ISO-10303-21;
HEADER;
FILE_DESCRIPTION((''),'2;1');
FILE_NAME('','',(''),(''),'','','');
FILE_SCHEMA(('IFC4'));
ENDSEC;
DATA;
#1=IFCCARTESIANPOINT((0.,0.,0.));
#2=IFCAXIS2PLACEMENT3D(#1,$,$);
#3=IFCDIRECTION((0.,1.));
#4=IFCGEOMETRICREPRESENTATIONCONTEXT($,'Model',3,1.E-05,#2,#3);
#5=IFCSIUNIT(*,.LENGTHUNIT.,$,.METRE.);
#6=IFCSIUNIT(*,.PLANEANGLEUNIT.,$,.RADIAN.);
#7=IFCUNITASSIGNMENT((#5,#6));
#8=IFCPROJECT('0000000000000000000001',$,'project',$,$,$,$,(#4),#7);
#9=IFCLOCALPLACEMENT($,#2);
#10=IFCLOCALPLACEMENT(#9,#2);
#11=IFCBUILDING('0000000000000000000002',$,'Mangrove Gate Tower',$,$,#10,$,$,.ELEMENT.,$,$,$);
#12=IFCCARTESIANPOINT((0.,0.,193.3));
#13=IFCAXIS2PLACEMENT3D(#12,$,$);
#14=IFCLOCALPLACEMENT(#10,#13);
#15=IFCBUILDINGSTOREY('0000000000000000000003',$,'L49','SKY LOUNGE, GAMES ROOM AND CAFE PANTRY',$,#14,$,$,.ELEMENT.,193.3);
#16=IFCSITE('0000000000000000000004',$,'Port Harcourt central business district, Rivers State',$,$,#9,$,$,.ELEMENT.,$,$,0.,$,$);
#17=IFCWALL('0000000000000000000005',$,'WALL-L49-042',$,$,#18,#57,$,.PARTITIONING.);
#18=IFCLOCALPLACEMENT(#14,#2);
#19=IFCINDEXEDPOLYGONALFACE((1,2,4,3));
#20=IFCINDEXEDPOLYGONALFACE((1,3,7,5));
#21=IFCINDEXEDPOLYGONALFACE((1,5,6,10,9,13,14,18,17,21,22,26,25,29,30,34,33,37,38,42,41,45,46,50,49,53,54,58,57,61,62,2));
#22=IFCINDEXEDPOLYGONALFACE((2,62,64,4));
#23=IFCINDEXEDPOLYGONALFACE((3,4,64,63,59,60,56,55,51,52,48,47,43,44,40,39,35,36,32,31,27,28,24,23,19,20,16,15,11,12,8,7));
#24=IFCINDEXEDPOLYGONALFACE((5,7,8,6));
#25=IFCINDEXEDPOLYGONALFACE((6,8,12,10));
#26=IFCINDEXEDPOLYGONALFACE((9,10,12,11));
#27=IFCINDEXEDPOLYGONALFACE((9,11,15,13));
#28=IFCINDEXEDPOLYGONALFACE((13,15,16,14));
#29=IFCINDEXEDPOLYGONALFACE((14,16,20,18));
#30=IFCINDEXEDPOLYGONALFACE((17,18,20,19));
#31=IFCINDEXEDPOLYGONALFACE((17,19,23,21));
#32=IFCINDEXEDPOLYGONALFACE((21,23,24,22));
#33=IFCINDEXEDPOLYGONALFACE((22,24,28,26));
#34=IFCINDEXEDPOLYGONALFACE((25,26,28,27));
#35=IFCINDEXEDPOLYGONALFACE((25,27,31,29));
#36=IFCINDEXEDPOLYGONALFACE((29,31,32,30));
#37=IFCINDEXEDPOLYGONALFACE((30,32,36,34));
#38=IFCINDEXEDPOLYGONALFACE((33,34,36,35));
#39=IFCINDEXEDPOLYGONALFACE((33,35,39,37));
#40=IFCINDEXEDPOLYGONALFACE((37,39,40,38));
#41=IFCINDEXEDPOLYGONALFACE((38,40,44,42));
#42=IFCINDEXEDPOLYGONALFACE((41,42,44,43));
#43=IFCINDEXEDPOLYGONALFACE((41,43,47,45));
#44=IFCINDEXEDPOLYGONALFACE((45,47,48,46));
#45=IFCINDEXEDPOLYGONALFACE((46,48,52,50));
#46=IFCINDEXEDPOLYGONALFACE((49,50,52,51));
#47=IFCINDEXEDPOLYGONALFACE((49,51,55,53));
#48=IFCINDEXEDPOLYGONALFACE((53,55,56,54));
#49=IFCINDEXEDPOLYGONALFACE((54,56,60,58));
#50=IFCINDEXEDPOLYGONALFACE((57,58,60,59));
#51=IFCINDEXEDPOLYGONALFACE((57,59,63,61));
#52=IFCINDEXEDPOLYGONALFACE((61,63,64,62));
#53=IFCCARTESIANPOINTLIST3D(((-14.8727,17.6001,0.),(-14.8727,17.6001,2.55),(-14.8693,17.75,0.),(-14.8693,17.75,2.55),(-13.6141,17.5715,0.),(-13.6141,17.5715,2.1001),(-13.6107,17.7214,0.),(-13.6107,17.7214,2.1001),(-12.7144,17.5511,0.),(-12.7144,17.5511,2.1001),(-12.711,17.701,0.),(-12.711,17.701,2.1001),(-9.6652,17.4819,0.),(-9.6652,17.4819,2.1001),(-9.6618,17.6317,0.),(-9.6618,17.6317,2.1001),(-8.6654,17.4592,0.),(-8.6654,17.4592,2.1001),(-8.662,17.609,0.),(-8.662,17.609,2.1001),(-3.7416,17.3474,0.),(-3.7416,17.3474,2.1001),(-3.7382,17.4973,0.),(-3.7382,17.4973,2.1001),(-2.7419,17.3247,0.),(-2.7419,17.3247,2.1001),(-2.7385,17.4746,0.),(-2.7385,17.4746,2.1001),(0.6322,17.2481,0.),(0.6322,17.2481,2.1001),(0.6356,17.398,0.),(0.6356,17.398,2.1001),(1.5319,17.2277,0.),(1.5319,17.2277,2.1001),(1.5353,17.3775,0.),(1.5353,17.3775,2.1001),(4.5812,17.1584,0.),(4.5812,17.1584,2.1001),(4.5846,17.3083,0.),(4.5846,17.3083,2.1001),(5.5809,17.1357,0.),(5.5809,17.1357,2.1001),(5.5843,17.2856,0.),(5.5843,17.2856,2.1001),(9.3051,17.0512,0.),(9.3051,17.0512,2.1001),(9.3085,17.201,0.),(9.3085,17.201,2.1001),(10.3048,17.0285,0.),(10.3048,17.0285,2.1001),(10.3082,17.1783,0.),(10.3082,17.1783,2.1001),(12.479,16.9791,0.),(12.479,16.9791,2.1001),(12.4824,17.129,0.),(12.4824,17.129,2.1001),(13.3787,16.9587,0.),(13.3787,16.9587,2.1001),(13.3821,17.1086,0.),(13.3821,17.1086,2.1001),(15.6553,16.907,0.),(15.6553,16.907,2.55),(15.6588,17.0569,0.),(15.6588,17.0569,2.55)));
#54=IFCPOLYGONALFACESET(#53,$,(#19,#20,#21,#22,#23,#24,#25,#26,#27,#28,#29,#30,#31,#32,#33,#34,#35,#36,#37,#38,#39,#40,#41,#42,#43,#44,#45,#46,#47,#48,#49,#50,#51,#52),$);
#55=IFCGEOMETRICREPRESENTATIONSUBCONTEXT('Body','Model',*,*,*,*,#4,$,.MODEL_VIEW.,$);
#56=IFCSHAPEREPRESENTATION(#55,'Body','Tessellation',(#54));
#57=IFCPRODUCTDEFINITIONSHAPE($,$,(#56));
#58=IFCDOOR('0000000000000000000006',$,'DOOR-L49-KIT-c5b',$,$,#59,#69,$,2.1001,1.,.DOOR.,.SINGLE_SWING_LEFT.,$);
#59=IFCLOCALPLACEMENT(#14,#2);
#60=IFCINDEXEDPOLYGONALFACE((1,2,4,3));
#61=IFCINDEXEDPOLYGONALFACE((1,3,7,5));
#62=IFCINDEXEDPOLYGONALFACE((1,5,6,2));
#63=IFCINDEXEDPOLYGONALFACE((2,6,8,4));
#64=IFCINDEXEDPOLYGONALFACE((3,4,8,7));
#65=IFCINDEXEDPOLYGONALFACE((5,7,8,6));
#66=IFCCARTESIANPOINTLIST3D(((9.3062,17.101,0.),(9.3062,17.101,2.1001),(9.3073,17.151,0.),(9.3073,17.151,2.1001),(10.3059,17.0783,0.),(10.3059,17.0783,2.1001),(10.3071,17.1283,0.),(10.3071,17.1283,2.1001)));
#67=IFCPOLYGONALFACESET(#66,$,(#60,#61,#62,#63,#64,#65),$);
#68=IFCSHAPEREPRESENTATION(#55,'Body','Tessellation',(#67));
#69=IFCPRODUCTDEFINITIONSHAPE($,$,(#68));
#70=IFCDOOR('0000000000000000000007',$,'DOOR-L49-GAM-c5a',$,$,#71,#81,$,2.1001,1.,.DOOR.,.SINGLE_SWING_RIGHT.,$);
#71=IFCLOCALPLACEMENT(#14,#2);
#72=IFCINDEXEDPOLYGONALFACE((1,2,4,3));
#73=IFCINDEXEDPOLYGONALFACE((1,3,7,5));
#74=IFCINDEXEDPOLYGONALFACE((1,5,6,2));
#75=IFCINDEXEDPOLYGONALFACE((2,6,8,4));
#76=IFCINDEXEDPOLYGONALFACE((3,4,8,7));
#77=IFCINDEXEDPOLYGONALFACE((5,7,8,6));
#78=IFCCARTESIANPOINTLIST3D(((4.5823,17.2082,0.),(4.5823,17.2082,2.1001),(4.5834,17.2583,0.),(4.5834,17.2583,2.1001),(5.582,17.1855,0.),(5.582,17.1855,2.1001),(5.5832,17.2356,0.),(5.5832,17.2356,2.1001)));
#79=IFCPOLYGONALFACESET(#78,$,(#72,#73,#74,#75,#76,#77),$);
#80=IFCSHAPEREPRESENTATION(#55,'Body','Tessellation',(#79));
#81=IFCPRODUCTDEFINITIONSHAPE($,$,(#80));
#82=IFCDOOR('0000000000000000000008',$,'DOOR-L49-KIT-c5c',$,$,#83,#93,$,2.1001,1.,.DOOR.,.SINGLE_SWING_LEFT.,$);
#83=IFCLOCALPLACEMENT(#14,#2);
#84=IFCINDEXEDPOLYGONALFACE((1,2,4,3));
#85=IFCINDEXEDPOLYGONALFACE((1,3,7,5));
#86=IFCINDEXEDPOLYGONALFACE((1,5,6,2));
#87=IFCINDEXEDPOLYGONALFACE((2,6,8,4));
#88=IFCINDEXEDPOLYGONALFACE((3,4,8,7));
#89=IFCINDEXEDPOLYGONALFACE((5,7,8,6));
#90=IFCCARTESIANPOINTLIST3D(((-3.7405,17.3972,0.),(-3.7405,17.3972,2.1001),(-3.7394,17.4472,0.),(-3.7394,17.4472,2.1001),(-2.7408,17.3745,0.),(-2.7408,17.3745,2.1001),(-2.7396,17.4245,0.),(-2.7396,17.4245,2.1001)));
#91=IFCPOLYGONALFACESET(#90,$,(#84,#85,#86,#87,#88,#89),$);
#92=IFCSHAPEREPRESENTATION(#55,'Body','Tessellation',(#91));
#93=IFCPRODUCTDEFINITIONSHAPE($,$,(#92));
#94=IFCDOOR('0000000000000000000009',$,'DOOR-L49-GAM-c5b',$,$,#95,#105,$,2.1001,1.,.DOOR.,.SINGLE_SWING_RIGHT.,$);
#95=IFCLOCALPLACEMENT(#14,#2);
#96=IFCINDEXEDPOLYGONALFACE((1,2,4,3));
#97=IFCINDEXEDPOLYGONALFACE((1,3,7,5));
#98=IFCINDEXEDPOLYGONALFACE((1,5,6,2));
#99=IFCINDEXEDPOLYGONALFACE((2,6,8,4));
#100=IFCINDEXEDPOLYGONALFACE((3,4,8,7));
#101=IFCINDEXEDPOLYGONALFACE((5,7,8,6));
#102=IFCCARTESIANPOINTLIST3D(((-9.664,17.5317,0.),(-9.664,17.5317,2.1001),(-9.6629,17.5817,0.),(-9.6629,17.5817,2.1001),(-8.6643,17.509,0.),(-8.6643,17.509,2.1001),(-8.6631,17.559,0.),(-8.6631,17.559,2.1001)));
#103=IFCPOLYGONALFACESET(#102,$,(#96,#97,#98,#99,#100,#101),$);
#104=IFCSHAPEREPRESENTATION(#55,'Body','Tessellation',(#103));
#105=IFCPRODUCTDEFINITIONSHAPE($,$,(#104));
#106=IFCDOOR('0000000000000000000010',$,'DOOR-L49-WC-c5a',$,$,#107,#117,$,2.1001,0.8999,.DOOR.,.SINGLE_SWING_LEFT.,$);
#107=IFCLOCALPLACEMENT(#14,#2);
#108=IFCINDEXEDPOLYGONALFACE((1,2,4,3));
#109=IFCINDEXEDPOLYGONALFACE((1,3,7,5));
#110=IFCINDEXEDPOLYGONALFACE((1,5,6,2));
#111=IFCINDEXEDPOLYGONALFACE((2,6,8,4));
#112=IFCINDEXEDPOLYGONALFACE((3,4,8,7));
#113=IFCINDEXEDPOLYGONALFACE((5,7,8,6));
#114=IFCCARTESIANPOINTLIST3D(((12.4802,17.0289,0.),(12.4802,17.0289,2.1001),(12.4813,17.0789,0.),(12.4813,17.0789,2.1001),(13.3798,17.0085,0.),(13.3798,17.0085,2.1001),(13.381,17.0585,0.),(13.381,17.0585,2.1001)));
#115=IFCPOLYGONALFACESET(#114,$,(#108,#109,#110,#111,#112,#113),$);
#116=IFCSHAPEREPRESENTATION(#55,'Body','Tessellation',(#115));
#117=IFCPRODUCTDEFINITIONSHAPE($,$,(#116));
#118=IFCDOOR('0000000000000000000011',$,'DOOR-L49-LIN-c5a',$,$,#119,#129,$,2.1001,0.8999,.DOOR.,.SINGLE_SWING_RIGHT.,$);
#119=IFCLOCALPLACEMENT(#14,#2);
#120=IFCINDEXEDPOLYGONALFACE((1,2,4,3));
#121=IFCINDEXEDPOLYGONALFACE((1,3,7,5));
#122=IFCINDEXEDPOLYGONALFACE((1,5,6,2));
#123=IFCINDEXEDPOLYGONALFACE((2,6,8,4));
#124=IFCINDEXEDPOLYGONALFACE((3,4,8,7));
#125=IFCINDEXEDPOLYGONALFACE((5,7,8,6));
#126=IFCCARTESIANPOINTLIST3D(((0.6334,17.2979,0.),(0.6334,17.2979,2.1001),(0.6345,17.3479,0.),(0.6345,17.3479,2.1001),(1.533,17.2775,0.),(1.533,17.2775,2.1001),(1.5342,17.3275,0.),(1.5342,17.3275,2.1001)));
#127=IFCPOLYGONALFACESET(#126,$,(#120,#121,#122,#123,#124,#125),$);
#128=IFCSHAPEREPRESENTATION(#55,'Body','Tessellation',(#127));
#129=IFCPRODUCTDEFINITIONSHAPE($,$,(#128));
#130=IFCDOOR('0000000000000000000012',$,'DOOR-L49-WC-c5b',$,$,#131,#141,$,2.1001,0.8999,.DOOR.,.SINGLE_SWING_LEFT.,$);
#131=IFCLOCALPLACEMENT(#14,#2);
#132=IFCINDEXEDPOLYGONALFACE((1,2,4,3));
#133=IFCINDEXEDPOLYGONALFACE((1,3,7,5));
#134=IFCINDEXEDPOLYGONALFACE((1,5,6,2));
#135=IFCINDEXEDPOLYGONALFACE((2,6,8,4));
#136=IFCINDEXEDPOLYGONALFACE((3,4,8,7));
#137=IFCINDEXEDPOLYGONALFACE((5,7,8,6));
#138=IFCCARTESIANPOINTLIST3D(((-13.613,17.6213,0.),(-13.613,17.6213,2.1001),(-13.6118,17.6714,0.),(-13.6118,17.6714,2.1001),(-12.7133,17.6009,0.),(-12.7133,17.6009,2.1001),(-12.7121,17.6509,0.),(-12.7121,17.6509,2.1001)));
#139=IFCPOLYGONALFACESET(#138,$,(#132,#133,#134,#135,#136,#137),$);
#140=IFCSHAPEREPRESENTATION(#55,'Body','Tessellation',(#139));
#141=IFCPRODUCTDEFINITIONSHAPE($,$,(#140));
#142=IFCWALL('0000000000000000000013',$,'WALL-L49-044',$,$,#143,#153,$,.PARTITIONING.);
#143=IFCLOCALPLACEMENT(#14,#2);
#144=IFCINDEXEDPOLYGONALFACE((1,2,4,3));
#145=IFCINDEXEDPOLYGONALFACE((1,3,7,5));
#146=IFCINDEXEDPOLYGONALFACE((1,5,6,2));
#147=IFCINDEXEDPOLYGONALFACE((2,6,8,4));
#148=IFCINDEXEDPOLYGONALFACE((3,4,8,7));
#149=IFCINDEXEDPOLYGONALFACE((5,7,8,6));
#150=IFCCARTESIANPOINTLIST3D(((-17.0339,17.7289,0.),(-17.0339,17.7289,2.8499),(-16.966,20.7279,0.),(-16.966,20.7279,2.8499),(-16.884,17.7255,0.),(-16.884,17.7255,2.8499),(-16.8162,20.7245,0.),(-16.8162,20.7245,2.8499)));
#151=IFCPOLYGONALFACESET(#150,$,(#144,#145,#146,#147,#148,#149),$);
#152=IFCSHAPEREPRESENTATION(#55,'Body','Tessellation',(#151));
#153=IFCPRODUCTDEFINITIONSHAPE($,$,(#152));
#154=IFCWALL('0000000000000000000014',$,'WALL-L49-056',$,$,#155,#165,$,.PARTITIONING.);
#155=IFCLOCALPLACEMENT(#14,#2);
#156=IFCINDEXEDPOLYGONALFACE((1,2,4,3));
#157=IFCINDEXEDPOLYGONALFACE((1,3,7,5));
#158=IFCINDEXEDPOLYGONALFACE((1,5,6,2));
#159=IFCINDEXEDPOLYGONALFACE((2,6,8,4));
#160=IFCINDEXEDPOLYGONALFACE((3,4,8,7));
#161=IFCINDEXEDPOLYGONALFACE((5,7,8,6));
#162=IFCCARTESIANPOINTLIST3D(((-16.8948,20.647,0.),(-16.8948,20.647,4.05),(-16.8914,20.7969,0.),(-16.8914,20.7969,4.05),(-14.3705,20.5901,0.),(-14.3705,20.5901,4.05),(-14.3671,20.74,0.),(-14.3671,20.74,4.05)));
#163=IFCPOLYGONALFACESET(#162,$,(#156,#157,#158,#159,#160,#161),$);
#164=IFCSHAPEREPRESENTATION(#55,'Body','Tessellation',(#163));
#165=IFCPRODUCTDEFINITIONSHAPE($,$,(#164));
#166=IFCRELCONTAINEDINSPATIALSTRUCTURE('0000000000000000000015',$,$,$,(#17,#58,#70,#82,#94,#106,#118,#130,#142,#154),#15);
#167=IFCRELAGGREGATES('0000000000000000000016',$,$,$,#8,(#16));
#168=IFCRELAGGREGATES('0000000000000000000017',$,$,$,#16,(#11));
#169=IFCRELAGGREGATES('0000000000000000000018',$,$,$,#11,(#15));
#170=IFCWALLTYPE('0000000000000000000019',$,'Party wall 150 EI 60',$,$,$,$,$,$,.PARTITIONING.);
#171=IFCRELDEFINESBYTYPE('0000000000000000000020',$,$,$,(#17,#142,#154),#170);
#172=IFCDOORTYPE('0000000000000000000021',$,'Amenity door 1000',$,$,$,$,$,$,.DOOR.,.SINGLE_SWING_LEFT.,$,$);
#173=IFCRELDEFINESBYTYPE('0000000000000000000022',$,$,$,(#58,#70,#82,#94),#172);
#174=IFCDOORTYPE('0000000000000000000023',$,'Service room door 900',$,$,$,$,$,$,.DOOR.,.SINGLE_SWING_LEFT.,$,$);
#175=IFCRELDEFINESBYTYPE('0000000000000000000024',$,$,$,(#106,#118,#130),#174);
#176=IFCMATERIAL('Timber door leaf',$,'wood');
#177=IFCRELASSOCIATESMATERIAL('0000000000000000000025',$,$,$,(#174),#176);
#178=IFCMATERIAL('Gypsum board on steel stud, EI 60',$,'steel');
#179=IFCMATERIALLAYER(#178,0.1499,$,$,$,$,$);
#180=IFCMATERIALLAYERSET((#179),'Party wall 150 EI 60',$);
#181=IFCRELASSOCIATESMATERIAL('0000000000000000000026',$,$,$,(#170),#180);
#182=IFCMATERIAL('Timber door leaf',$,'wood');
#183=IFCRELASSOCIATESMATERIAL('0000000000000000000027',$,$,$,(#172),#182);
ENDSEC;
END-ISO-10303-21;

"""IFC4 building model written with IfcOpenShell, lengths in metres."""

from ifc_helpers import new_model, si_unit, direction, frame, frame_2d, origin, place, context, subcontext, project, spatial, rectangle, extrude, material, layer, layer_set, type_object, element, fill, save


model = new_model("IFC4")

# Units and contexts
model_context = context("Model", 3, precision=1e-05, world=origin(), true_north=direction((0.0, 1.0)))
body_context = subcontext(model_context, "Body", "Model", "MODEL_VIEW")
ifc_project = project(units=[si_unit("LENGTHUNIT", "METRE"), si_unit("PLANEANGLEUNIT", "RADIAN")], contexts=[model_context])

# Site, building, storey
site_placement = place(None, origin())
site = spatial("IfcSite", under=ifc_project, at=site_placement, Name="Port Harcourt central business district, Rivers State", CompositionType="ELEMENT", RefElevation=0.0)
building_placement = place(site_placement, origin())
building = spatial("IfcBuilding", under=site, at=building_placement, Name="Mangrove Gate Tower", CompositionType="ELEMENT")
storey_placement = place(building_placement, frame((0.0, 0.0, 193.3)))
storey = spatial("IfcBuildingStorey", under=building, at=storey_placement, Name="L49", Description="SKY LOUNGE, GAMES ROOM AND CAFE PANTRY", CompositionType="ELEMENT", Elevation=193.3)

# Shared definitions
ifc_material_1 = material(Name="Timber door leaf", Category="wood")
door_type_1 = type_object("IfcDoorType", Name="Service room door 900", OperationType="SINGLE_SWING_LEFT", PredefinedType="DOOR", material=ifc_material_1)

# Wall, openings, doors
ifc_material_2 = material(Name="Gypsum board on steel stud, EI 60", Category="steel")
ifc_layer_1 = layer(ifc_material_2, 0.1499)
ifc_layer_set_1 = layer_set([ifc_layer_1], Name="Party wall 150 EI 60")
wall_type_1 = type_object("IfcWallType", Name="Party wall 150 EI 60", PredefinedType="PARTITIONING", material=ifc_layer_set_1)
wall_1_placement = place(storey_placement, frame((-14.8711, 17.675, 0.0), z_axis=(0.0, 0.0, 1.0), x_axis=(0.999742, -0.022698, 0.0)))
wall_1 = element("IfcWall", 1, at=wall_1_placement, inside=storey, type_object=wall_type_1, Name="WALL-L49-042", PredefinedType="PARTITIONING", context=body_context, shape_type="SweptSolid", body=[
    extrude(rectangle(XDim=30.5359, YDim=0.1499, at=frame_2d((15.2681, 0.0))), origin(), (0.0, 0.0, 1.0), 2.55),
])
opening_1_placement = place(wall_1_placement, frame((24.1841, 0.0, 0.0)))
opening_1 = element("IfcOpeningElement", 2, at=opening_1_placement, cuts=wall_1, PredefinedType="OPENING", context=body_context, shape_type="SweptSolid", body=[
    extrude(rectangle(XDim=1.0, YDim=2.1001, at=frame_2d((0.5, 1.05))), frame((0.0, 0.085, 0.0), z_axis=(0.0, -1.0, 0.0), x_axis=(1.0, 0.0, 0.0)), (0.0, 0.0, 1.0), 0.1699),
])
opening_2_placement = place(wall_1_placement, frame((27.3589, 0.0, 0.0)))
opening_2 = element("IfcOpeningElement", 3, at=opening_2_placement, cuts=wall_1, PredefinedType="OPENING", context=body_context, shape_type="SweptSolid", body=[
    extrude(rectangle(XDim=0.8999, YDim=2.1001, at=frame_2d((0.45, 1.05))), frame((0.0, 0.085, 0.0), z_axis=(0.0, -1.0, 0.0), x_axis=(1.0, 0.0, 0.0)), (0.0, 0.0, 1.0), 0.1699),
])
opening_3_placement = place(wall_1_placement, frame((19.459, 0.0, 0.0)))
opening_3 = element("IfcOpeningElement", 4, at=opening_3_placement, cuts=wall_1, PredefinedType="OPENING", context=body_context, shape_type="SweptSolid", body=[
    extrude(rectangle(XDim=1.0, YDim=2.1001, at=frame_2d((0.5, 1.05))), frame((0.0, 0.085, 0.0), z_axis=(0.0, -1.0, 0.0), x_axis=(1.0, 0.0, 0.0)), (0.0, 0.0, 1.0), 0.1699),
])
opening_4_placement = place(wall_1_placement, frame((15.509, 0.0, 0.0)))
opening_4 = element("IfcOpeningElement", 5, at=opening_4_placement, cuts=wall_1, PredefinedType="OPENING", context=body_context, shape_type="SweptSolid", body=[
    extrude(rectangle(XDim=0.8999, YDim=2.1001, at=frame_2d((0.45, 1.05))), frame((0.0, 0.085, 0.0), z_axis=(0.0, -1.0, 0.0), x_axis=(1.0, 0.0, 0.0)), (0.0, 0.0, 1.0), 0.1699),
])
opening_5_placement = place(wall_1_placement, frame((11.134, 0.0, 0.0)))
opening_5 = element("IfcOpeningElement", 6, at=opening_5_placement, cuts=wall_1, PredefinedType="OPENING", context=body_context, shape_type="SweptSolid", body=[
    extrude(rectangle(XDim=1.0, YDim=2.1001, at=frame_2d((0.5, 1.05))), frame((0.0, 0.085, 0.0), z_axis=(0.0, -1.0, 0.0), x_axis=(1.0, 0.0, 0.0)), (0.0, 0.0, 1.0), 0.1699),
])
opening_6_placement = place(wall_1_placement, frame((5.209, 0.0, 0.0)))
opening_6 = element("IfcOpeningElement", 7, at=opening_6_placement, cuts=wall_1, PredefinedType="OPENING", context=body_context, shape_type="SweptSolid", body=[
    extrude(rectangle(XDim=1.0, YDim=2.1001, at=frame_2d((0.5, 1.05))), frame((0.0, 0.085, 0.0), z_axis=(0.0, -1.0, 0.0), x_axis=(1.0, 0.0, 0.0)), (0.0, 0.0, 1.0), 0.1699),
])
opening_7_placement = place(wall_1_placement, frame((1.259, 0.0, 0.0)))
opening_7 = element("IfcOpeningElement", 8, at=opening_7_placement, cuts=wall_1, PredefinedType="OPENING", context=body_context, shape_type="SweptSolid", body=[
    extrude(rectangle(XDim=0.8999, YDim=2.1001, at=frame_2d((0.45, 1.05))), frame((0.0, 0.085, 0.0), z_axis=(0.0, -1.0, 0.0), x_axis=(1.0, 0.0, 0.0)), (0.0, 0.0, 1.0), 0.1699),
])
ifc_material_3 = material(Name="Timber door leaf", Category="wood")
door_type_2 = type_object("IfcDoorType", Name="Amenity door 1000", OperationType="SINGLE_SWING_LEFT", PredefinedType="DOOR", material=ifc_material_3)
door_1_placement = place(opening_1_placement, origin())
door_1 = element("IfcDoor", 9, at=door_1_placement, inside=storey, type_object=door_type_2, Name="DOOR-L49-KIT-c5b", OperationType="SINGLE_SWING_LEFT", OverallHeight=2.1001, OverallWidth=1.0, PredefinedType="DOOR", context=body_context, shape_type="SweptSolid", body=[
    extrude(rectangle(XDim=1.0, YDim=2.1001, at=frame_2d((0.5, 1.05))), frame((0.0, 0.0249, 0.0), z_axis=(0.0, -1.0, 0.0), x_axis=(1.0, 0.0, 0.0)), (0.0, 0.0, 1.0), 0.05),
])
fill(opening_1, door_1)
door_2_placement = place(opening_3_placement, origin())
door_2 = element("IfcDoor", 10, at=door_2_placement, inside=storey, type_object=door_type_2, Name="DOOR-L49-GAM-c5a", OperationType="SINGLE_SWING_RIGHT", OverallHeight=2.1001, OverallWidth=1.0, PredefinedType="DOOR", context=body_context, shape_type="SweptSolid", body=[
    extrude(rectangle(XDim=1.0, YDim=2.1001, at=frame_2d((0.5, 1.05))), frame((0.0, 0.0249, 0.0), z_axis=(0.0, -1.0, 0.0), x_axis=(1.0, 0.0, 0.0)), (0.0, 0.0, 1.0), 0.05),
])
fill(opening_3, door_2)
door_3_placement = place(opening_5_placement, origin())
door_3 = element("IfcDoor", 11, at=door_3_placement, inside=storey, type_object=door_type_2, Name="DOOR-L49-KIT-c5c", OperationType="SINGLE_SWING_LEFT", OverallHeight=2.1001, OverallWidth=1.0, PredefinedType="DOOR", context=body_context, shape_type="SweptSolid", body=[
    extrude(rectangle(XDim=1.0, YDim=2.1001, at=frame_2d((0.5, 1.05))), frame((0.0, 0.0249, 0.0), z_axis=(0.0, -1.0, 0.0), x_axis=(1.0, 0.0, 0.0)), (0.0, 0.0, 1.0), 0.05),
])
fill(opening_5, door_3)
door_4_placement = place(opening_6_placement, origin())
door_4 = element("IfcDoor", 12, at=door_4_placement, inside=storey, type_object=door_type_2, Name="DOOR-L49-GAM-c5b", OperationType="SINGLE_SWING_RIGHT", OverallHeight=2.1001, OverallWidth=1.0, PredefinedType="DOOR", context=body_context, shape_type="SweptSolid", body=[
    extrude(rectangle(XDim=1.0, YDim=2.1001, at=frame_2d((0.5, 1.05))), frame((0.0, 0.0249, 0.0), z_axis=(0.0, -1.0, 0.0), x_axis=(1.0, 0.0, 0.0)), (0.0, 0.0, 1.0), 0.05),
])
fill(opening_6, door_4)
door_5_placement = place(opening_2_placement, origin())
door_5 = element("IfcDoor", 13, at=door_5_placement, inside=storey, type_object=door_type_1, Name="DOOR-L49-WC-c5a", OperationType="SINGLE_SWING_LEFT", OverallHeight=2.1001, OverallWidth=0.8999, PredefinedType="DOOR", context=body_context, shape_type="SweptSolid", body=[
    extrude(rectangle(XDim=0.8999, YDim=2.1001, at=frame_2d((0.45, 1.05))), frame((0.0, 0.0249, 0.0), z_axis=(0.0, -1.0, 0.0), x_axis=(1.0, 0.0, 0.0)), (0.0, 0.0, 1.0), 0.05),
])
fill(opening_2, door_5)
door_6_placement = place(opening_4_placement, origin())
door_6 = element("IfcDoor", 14, at=door_6_placement, inside=storey, type_object=door_type_1, Name="DOOR-L49-LIN-c5a", OperationType="SINGLE_SWING_RIGHT", OverallHeight=2.1001, OverallWidth=0.8999, PredefinedType="DOOR", context=body_context, shape_type="SweptSolid", body=[
    extrude(rectangle(XDim=0.8999, YDim=2.1001, at=frame_2d((0.45, 1.05))), frame((0.0, 0.0249, 0.0), z_axis=(0.0, -1.0, 0.0), x_axis=(1.0, 0.0, 0.0)), (0.0, 0.0, 1.0), 0.05),
])
fill(opening_4, door_6)
door_7_placement = place(opening_7_placement, origin())
door_7 = element("IfcDoor", 15, at=door_7_placement, inside=storey, type_object=door_type_1, Name="DOOR-L49-WC-c5b", OperationType="SINGLE_SWING_LEFT", OverallHeight=2.1001, OverallWidth=0.8999, PredefinedType="DOOR", context=body_context, shape_type="SweptSolid", body=[
    extrude(rectangle(XDim=0.8999, YDim=2.1001, at=frame_2d((0.45, 1.05))), frame((0.0, 0.0249, 0.0), z_axis=(0.0, -1.0, 0.0), x_axis=(1.0, 0.0, 0.0)), (0.0, 0.0, 1.0), 0.05),
])
fill(opening_7, door_7)

# Walls
wall_2_placement = place(storey_placement, frame((-16.959, 17.7271, 0.0), z_axis=(0.0, 0.0, 1.0), x_axis=(0.022625, 0.999744, 0.0)))
element("IfcWall", 16, at=wall_2_placement, inside=storey, type_object=wall_type_1, Name="WALL-L49-044", PredefinedType="PARTITIONING", context=body_context, shape_type="SweptSolid", body=[
    extrude(rectangle(XDim=2.9998, YDim=0.1499, at=frame_2d((1.5, 0.0))), origin(), (0.0, 0.0, 1.0), 2.8499),
])
wall_3_placement = place(storey_placement, frame((-16.8931, 20.7219, 0.0), z_axis=(0.0, 0.0, 1.0), x_axis=(0.999746, -0.02253, 0.0)))
element("IfcWall", 17, at=wall_3_placement, inside=storey, type_object=wall_type_1, Name="WALL-L49-056", PredefinedType="PARTITIONING", context=body_context, shape_type="SweptSolid", body=[
    extrude(rectangle(XDim=2.5249, YDim=0.1499, at=frame_2d((1.2625, 0.0))), origin(), (0.0, 0.0, 1.0), 4.05),
])

save(model, "model.ifc")
